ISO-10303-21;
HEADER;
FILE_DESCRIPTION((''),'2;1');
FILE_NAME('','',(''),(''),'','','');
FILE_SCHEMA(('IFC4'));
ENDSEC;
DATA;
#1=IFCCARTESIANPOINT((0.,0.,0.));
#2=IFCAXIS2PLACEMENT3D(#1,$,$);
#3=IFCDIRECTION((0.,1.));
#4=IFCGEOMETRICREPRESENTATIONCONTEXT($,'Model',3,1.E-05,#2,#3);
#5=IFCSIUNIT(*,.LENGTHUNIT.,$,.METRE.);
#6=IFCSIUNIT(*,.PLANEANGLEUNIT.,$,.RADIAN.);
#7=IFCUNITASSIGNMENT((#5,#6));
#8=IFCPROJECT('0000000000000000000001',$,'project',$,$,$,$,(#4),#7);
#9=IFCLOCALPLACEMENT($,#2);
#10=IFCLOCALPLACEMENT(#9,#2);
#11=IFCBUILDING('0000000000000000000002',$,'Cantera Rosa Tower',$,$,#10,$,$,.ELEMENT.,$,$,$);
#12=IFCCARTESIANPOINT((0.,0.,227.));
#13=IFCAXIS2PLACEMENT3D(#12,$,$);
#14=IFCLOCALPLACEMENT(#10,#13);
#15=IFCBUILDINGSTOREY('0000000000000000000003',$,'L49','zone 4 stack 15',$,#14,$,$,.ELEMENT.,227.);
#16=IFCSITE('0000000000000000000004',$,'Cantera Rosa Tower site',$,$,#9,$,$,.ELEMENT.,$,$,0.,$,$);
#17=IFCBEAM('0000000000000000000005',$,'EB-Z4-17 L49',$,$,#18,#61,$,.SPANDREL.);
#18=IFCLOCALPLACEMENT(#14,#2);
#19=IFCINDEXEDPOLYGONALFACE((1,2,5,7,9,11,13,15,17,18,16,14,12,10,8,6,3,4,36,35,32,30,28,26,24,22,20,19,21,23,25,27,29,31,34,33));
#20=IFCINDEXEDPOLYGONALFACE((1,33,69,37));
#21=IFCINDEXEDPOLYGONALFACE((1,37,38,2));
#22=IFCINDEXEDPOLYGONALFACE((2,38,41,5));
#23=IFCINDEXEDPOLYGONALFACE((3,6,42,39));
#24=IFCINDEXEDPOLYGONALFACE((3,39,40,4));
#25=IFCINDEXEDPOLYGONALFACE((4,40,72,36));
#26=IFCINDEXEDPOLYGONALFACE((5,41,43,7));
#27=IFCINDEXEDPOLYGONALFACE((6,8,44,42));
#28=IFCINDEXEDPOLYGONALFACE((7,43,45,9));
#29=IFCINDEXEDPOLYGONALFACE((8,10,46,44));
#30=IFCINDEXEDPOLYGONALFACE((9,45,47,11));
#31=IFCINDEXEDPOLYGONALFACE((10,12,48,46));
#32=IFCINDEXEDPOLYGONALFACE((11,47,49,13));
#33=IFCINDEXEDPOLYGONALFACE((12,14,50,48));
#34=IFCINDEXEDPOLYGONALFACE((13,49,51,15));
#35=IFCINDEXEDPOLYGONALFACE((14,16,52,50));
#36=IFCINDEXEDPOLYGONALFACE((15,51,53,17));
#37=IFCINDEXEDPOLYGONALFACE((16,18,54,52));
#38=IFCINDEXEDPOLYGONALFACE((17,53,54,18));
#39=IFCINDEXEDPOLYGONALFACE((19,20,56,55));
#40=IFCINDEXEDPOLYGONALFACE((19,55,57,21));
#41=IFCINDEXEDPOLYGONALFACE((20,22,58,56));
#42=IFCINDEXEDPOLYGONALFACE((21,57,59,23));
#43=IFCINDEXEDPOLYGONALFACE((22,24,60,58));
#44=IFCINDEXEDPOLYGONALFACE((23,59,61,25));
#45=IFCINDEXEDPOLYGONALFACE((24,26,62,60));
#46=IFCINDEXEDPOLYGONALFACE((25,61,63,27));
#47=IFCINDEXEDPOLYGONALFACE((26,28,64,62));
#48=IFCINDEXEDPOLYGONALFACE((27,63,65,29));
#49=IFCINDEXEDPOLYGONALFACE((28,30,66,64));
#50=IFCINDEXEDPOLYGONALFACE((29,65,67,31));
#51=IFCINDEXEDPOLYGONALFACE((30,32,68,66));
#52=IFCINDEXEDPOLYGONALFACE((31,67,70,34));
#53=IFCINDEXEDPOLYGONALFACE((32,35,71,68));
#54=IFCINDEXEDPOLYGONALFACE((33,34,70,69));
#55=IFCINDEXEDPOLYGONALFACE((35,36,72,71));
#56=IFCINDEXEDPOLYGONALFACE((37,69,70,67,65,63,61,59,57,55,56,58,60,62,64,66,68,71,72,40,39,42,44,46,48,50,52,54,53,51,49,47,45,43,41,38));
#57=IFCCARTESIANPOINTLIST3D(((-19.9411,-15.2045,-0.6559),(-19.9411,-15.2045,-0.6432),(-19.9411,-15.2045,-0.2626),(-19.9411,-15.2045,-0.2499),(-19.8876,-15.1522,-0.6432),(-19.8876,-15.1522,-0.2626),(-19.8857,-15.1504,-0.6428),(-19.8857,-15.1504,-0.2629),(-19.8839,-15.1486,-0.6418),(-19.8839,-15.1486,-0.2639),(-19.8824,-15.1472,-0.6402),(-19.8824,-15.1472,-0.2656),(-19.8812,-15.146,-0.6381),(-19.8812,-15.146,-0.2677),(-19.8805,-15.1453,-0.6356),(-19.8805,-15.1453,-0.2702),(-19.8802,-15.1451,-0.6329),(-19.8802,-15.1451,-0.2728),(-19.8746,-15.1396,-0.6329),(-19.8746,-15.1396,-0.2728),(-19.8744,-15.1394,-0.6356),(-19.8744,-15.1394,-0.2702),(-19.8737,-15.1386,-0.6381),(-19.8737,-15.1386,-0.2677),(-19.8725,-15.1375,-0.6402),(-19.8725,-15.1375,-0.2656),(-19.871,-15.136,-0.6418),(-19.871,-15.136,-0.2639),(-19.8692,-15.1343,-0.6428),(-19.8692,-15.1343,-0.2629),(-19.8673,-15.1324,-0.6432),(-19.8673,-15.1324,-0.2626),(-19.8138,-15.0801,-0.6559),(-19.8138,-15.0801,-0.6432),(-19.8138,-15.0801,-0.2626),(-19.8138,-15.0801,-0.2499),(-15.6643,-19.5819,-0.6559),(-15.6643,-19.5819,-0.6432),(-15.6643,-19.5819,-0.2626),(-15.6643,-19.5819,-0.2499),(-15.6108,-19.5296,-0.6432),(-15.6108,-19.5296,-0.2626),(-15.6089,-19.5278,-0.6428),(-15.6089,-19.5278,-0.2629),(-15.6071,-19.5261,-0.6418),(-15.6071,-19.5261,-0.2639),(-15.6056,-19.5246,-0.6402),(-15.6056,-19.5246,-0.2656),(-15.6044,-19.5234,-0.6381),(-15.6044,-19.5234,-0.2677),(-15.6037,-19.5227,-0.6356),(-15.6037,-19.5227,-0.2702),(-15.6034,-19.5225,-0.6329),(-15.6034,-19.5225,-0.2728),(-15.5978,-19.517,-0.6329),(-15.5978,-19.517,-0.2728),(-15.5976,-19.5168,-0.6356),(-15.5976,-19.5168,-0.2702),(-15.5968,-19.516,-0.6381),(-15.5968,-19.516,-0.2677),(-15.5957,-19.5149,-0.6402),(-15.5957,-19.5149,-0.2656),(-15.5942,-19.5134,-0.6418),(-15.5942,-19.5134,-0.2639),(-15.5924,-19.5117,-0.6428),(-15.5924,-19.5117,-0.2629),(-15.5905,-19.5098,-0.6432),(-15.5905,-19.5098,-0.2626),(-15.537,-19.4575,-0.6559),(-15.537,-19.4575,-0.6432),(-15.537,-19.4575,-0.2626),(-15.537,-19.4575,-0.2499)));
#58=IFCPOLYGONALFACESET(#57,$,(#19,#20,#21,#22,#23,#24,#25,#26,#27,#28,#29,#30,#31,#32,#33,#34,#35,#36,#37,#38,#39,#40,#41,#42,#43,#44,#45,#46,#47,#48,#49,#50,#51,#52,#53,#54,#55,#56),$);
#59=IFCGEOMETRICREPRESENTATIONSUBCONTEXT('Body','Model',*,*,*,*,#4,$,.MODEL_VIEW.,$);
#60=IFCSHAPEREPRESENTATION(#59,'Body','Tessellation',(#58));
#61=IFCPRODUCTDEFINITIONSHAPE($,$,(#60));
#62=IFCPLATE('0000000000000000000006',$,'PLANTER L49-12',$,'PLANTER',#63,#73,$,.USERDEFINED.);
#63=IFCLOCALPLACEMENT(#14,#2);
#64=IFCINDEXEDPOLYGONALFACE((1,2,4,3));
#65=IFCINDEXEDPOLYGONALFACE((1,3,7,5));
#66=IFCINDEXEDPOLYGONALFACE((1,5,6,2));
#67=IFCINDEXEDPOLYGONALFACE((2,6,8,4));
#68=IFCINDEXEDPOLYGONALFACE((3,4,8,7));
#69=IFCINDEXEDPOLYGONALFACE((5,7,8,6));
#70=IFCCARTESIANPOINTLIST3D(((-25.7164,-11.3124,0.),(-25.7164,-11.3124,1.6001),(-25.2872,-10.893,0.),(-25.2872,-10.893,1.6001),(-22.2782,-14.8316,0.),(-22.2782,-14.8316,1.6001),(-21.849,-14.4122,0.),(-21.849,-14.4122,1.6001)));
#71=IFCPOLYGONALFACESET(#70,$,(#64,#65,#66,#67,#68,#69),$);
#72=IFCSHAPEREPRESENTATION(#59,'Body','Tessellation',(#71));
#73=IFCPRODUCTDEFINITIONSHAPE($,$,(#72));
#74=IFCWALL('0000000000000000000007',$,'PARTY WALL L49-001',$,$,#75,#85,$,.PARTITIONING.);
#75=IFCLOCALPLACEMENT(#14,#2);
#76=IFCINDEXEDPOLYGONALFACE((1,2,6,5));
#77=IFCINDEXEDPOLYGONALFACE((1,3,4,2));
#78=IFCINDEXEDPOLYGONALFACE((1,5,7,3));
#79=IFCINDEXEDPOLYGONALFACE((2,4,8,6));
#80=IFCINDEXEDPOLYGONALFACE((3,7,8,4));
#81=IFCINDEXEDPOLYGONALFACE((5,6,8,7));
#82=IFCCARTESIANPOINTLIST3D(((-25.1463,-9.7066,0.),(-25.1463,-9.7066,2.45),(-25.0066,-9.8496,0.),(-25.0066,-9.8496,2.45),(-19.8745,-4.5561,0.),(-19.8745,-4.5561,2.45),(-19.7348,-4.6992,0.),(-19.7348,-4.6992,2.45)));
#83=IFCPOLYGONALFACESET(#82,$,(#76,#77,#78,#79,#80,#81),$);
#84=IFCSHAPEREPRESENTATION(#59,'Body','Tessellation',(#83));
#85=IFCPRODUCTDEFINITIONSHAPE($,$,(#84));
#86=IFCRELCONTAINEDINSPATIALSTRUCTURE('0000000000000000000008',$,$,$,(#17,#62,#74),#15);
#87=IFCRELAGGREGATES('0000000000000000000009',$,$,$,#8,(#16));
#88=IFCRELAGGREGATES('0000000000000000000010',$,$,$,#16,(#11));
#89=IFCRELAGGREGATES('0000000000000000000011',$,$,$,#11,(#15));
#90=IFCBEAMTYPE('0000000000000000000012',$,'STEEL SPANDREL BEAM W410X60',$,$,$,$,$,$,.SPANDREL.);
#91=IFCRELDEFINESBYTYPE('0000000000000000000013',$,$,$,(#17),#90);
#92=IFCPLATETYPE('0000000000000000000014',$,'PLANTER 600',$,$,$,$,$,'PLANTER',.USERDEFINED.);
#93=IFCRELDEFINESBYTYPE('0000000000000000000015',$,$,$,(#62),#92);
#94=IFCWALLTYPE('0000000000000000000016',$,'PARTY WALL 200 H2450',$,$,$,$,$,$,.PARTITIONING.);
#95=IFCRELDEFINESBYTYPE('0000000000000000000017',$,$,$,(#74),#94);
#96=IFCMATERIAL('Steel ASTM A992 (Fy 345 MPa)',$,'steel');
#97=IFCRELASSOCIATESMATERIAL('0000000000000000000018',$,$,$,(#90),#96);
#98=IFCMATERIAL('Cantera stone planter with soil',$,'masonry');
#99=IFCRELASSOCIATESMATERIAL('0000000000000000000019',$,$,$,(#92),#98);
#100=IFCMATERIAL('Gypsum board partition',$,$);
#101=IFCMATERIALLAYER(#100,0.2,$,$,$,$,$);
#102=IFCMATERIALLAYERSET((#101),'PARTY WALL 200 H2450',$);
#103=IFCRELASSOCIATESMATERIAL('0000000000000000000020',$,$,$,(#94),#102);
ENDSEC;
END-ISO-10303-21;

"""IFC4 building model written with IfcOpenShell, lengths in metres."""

from ifc_helpers import new_model, si_unit, direction, frame, frame_2d, origin, origin_2d, place, context, subcontext, project, spatial, rectangle, i_section, extrude, material, layer, layer_set, material_profile, profile_set, type_object, element, save


model = new_model("IFC4")

# Units and contexts
model_context = context("Model", 3, precision=1e-05, world=origin(), true_north=direction((0.0, 1.0)))
body_context = subcontext(model_context, "Body", "Model", "MODEL_VIEW")
ifc_project = project(units=[si_unit("LENGTHUNIT", "METRE"), si_unit("PLANEANGLEUNIT", "RADIAN")], contexts=[model_context])

# Site, building, storey
site_placement = place(None, origin())
site = spatial("IfcSite", under=ifc_project, at=site_placement, Name="Cantera Rosa Tower site", CompositionType="ELEMENT", RefElevation=0.0)
building_placement = place(site_placement, origin())
building = spatial("IfcBuilding", under=site, at=building_placement, Name="Cantera Rosa Tower", CompositionType="ELEMENT")
storey_placement = place(building_placement, frame((0.0, 0.0, 227.0)))
storey = spatial("IfcBuildingStorey", under=building, at=storey_placement, Name="L49", Description="zone 4 stack 15", CompositionType="ELEMENT", Elevation=227.0)

# Beam
ifc_material_1 = material(Name="Steel ASTM A992 (Fy 345 MPa)", Category="steel")
ifc_material_profile_1 = material_profile(ifc_material_1, i_section(OverallWidth=0.178, OverallDepth=0.406, WebThickness=0.0078, FlangeThickness=0.0127, FilletRadius=0.0103, at=origin_2d()), Name="W410X60")
ifc_profile_set_1 = profile_set([ifc_material_profile_1], Name="Steel ASTM A992 (Fy 345 MPa)")
beam_type_1 = type_object("IfcBeamType", Name="STEEL SPANDREL BEAM W410X60", PredefinedType="SPANDREL", material=ifc_profile_set_1)
for number, where, z_axis, x_axis, name in (
    (1, (-19.8774, -15.1423, -0.4529), (0.698841, -0.715277, 0.0), (0.715277, 0.698841, 0.0), "EB-Z4-17 L49"),
):
    element("IfcBeam", number, at=place(storey_placement, frame(where, z_axis=z_axis, x_axis=x_axis)), inside=storey, type_object=beam_type_1, Name=name, PredefinedType="SPANDREL", context=body_context, shape_type="SweptSolid", body=[
        extrude(i_section(OverallWidth=0.178, OverallDepth=0.406, WebThickness=0.0078, FlangeThickness=0.0127, FilletRadius=0.0103, at=origin_2d()), origin(), (0.0, 0.0, 1.0), 6.1199),
    ])

# Plate
ifc_material_2 = material(Name="Cantera stone planter with soil", Category="masonry")
plate_type = type_object("IfcPlateType", Name="PLANTER 600", ElementType="PLANTER", PredefinedType="USERDEFINED", material=ifc_material_2)
plate_placement = place(storey_placement, frame((-23.7827, -12.8623, 0.0), z_axis=(0.0, 0.0, 1.0), x_axis=(0.698832, -0.715286, 0.0)))
element("IfcPlate", 2, at=plate_placement, inside=storey, type_object=plate_type, Name="PLANTER L49-12", ObjectType="PLANTER", PredefinedType="USERDEFINED", context=body_context, shape_type="SweptSolid", body=[
    extrude(rectangle(XDim=4.9199, YDim=0.6001, at=origin_2d()), origin(), (0.0, 0.0, 1.0), 1.6001),
])

# Wall
ifc_material_3 = material(Name="Gypsum board partition")
ifc_layer_1 = layer(ifc_material_3, 0.2)
ifc_layer_set_1 = layer_set([ifc_layer_1], Name="PARTY WALL 200 H2450")
wall_type_1 = type_object("IfcWallType", Name="PARTY WALL 200 H2450", PredefinedType="PARTITIONING", material=ifc_layer_set_1)
wall_1_placement = place(storey_placement, frame((-25.0764, -9.7781, 0.0), z_axis=(0.0, 0.0, 1.0), x_axis=(0.715291, 0.698827, 0.0)))
element("IfcWall", 3, at=wall_1_placement, inside=storey, type_object=wall_type_1, Name="PARTY WALL L49-001", PredefinedType="PARTITIONING", context=body_context, shape_type="SweptSolid", body=[
    extrude(rectangle(XDim=7.3701, YDim=0.2, at=frame_2d((3.6851, 0.0))), origin(), (0.0, 0.0, 1.0), 2.45),
])

save(model, "model.ifc")
